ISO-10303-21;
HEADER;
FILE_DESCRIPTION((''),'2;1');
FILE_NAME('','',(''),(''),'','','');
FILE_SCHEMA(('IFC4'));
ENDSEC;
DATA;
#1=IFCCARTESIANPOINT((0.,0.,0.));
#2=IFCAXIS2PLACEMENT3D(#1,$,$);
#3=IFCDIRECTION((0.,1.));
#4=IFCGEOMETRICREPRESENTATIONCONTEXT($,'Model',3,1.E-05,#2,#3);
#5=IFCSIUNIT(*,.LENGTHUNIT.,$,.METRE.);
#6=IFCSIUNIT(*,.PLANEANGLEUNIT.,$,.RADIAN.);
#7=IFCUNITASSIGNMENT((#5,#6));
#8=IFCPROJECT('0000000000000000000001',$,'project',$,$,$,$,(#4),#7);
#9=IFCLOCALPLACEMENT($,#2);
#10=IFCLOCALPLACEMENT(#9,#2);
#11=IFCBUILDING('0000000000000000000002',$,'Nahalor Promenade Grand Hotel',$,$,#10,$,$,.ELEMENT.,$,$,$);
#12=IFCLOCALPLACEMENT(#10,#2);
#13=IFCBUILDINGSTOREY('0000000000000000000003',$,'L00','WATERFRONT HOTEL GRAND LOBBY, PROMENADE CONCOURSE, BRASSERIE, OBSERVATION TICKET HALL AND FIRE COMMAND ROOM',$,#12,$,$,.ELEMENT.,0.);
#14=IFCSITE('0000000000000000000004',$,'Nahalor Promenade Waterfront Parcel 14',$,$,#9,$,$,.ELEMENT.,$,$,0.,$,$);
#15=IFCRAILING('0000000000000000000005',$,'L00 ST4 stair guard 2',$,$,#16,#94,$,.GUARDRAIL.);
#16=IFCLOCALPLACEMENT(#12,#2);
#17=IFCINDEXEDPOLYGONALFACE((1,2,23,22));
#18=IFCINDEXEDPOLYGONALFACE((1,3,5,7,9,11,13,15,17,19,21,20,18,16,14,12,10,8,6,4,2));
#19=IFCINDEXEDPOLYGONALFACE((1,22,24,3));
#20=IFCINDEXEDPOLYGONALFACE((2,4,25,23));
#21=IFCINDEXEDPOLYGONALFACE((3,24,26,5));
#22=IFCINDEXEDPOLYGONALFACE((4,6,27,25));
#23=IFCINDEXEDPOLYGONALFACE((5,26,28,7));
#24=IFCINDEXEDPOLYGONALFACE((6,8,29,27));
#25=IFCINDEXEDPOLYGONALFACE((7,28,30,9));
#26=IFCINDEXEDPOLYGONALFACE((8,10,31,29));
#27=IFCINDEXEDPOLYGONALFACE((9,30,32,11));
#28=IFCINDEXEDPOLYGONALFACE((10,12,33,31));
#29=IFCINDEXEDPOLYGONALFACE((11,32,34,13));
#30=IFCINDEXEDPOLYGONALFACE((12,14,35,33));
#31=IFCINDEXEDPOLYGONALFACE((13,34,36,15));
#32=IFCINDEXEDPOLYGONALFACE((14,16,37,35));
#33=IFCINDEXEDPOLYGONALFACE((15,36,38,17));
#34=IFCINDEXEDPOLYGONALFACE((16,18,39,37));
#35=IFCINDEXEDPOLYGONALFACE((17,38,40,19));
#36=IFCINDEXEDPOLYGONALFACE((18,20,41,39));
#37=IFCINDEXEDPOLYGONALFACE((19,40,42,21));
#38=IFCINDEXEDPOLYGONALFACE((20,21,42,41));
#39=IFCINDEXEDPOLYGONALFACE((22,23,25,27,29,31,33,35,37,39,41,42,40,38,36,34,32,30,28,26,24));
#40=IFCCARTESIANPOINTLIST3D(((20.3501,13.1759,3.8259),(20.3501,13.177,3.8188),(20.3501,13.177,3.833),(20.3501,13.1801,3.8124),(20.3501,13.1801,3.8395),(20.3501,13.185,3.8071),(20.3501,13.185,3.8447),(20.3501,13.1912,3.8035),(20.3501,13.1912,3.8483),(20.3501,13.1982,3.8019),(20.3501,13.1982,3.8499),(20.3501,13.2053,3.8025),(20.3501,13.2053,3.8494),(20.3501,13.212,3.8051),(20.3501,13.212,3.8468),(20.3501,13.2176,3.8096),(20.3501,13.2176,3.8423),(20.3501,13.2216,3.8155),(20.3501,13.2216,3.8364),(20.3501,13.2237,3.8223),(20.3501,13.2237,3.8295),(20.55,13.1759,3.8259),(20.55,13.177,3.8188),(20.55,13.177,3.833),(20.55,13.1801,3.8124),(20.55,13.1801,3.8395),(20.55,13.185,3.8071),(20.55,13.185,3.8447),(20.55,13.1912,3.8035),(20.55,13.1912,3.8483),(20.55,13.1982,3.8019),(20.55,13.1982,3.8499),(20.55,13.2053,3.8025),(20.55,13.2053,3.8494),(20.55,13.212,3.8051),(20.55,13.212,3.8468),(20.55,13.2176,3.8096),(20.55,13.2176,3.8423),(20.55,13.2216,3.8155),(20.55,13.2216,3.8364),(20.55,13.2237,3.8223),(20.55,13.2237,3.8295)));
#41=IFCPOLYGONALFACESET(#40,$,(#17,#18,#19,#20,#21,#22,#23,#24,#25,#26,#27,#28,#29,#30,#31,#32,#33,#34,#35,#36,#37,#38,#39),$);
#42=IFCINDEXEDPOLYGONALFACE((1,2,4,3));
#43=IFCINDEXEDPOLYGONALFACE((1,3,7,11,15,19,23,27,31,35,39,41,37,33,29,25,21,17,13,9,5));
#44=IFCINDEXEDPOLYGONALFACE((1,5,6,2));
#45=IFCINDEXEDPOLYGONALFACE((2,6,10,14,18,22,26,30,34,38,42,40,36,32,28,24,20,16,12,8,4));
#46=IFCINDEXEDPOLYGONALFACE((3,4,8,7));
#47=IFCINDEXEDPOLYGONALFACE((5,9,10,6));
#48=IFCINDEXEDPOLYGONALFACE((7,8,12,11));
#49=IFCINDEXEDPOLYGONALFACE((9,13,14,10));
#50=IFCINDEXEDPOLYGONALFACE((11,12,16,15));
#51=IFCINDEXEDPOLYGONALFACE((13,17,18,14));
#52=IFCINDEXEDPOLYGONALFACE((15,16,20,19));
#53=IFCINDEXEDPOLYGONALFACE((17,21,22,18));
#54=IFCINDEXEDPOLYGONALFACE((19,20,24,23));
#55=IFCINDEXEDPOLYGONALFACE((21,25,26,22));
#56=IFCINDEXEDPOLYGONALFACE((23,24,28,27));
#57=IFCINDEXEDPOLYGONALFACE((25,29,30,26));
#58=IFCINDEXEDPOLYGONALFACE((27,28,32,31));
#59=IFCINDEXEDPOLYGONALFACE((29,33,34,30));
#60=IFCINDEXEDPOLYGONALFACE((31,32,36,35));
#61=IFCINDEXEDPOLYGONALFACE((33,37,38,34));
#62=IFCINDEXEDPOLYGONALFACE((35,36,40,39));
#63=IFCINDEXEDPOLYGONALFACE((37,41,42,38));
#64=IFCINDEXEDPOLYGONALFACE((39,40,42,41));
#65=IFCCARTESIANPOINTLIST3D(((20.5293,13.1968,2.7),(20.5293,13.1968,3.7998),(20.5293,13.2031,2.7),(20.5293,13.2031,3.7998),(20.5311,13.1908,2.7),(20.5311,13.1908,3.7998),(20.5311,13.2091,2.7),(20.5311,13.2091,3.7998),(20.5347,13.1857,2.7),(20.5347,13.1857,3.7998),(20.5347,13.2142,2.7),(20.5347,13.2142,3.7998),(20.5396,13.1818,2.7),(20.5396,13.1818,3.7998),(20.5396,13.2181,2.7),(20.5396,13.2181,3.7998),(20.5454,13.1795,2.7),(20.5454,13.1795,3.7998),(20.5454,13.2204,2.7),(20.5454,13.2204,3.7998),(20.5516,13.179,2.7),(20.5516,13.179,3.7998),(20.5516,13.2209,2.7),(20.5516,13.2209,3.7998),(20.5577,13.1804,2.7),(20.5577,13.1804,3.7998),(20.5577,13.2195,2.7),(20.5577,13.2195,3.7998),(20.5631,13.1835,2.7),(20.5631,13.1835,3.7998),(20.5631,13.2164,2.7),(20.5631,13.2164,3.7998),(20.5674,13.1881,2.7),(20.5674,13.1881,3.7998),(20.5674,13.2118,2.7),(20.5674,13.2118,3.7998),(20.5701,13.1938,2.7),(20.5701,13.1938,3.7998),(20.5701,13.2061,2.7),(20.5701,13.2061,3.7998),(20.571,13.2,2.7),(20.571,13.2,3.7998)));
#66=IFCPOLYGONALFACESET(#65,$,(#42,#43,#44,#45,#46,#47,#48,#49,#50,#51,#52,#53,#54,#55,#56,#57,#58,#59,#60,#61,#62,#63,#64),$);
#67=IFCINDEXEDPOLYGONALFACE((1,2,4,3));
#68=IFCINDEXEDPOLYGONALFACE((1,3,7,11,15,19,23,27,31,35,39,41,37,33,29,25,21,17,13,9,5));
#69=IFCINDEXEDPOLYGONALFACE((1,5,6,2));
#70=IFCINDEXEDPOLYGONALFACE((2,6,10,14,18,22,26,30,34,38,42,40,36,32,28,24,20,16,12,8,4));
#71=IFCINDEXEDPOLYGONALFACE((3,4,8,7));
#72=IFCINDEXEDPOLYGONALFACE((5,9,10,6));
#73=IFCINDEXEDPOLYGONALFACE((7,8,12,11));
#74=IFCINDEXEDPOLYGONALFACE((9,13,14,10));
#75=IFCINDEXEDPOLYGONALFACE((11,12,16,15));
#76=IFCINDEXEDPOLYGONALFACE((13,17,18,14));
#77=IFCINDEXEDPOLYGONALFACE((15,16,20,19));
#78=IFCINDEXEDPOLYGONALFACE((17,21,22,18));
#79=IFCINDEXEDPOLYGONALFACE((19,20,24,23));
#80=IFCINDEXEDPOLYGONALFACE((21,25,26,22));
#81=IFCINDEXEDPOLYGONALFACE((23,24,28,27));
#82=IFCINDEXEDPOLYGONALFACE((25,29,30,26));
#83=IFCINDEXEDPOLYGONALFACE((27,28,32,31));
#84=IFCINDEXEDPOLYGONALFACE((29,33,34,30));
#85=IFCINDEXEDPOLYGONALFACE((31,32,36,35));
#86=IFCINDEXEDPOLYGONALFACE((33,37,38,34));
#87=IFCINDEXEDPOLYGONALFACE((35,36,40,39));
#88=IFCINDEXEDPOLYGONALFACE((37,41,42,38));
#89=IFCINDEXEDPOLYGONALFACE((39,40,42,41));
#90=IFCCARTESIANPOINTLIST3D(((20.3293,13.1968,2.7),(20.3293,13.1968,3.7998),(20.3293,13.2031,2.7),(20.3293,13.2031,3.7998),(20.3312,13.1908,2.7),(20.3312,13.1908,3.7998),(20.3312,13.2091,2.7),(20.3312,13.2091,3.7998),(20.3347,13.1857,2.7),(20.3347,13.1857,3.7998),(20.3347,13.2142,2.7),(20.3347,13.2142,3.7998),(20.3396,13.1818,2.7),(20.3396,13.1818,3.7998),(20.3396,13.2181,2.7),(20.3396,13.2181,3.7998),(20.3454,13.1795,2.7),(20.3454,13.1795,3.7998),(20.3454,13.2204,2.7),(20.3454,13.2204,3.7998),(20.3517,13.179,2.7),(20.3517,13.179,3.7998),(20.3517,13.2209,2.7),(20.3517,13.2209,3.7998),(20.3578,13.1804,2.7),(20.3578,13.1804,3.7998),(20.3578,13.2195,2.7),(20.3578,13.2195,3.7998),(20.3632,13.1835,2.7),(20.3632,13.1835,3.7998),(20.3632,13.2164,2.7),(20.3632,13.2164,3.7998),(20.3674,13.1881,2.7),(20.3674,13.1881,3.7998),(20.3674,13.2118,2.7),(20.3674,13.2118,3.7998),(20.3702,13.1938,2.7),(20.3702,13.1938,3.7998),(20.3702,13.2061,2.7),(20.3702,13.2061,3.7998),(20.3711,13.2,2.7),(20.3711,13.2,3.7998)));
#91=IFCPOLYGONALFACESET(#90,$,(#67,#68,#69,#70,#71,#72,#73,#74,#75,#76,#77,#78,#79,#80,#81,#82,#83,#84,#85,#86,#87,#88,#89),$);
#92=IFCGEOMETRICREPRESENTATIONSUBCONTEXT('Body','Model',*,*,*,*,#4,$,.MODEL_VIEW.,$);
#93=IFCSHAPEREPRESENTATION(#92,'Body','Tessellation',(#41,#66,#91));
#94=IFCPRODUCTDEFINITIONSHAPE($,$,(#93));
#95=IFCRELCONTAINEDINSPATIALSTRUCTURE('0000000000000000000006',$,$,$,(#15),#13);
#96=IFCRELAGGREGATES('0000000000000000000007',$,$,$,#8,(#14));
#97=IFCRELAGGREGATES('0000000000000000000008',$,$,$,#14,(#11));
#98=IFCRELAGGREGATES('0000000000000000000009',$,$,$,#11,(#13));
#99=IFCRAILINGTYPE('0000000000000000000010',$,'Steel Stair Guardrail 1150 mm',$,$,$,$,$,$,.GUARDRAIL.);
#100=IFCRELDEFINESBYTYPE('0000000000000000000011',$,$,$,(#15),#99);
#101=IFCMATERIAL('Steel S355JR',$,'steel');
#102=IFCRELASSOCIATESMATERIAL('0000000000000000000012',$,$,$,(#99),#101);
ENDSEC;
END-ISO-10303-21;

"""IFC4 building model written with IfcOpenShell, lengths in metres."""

from ifc_helpers import new_model, si_unit, direction, frame, origin, origin_2d, place, context, subcontext, project, spatial, circle, extrude, material, type_object, element, save


model = new_model("IFC4")

# Units and contexts
model_context = context("Model", 3, precision=1e-05, world=origin(), true_north=direction((0.0, 1.0)))
body_context = subcontext(model_context, "Body", "Model", "MODEL_VIEW")
ifc_project = project(units=[si_unit("LENGTHUNIT", "METRE"), si_unit("PLANEANGLEUNIT", "RADIAN")], contexts=[model_context])

# Site, building, storey
site_placement = place(None, origin())
site = spatial("IfcSite", under=ifc_project, at=site_placement, Name="Nahalor Promenade Waterfront Parcel 14", CompositionType="ELEMENT", RefElevation=0.0)
building_placement = place(site_placement, origin())
building = spatial("IfcBuilding", under=site, at=building_placement, Name="Nahalor Promenade Grand Hotel", CompositionType="ELEMENT")
storey_placement = place(building_placement, origin())
storey = spatial("IfcBuildingStorey", under=building, at=storey_placement, Name="L00", Description="WATERFRONT HOTEL GRAND LOBBY, PROMENADE CONCOURSE, BRASSERIE, OBSERVATION TICKET HALL AND FIRE COMMAND ROOM", CompositionType="ELEMENT", Elevation=0.0)

# Shared definitions
ifc_material_1 = material(Name="Steel S355JR", Category="steel")

# Railing
railing_type_1 = type_object("IfcRailingType", Name="Steel Stair Guardrail 1150 mm", PredefinedType="GUARDRAIL", material=ifc_material_1)
railing_1_placement = place(storey_placement, frame((20.55, 13.2, 2.7)))
element("IfcRailing", 1, at=railing_1_placement, inside=storey, type_object=railing_type_1, Name="L00 ST4 stair guard 2", PredefinedType="GUARDRAIL", context=body_context, shape_type="SweptSolid", body=[
    extrude(circle(Radius=0.024, at=origin_2d()), frame((0.0, 0.0, 1.126), z_axis=(-1.0, 0.0, 0.0), x_axis=(0.0, -1.0, 0.0)), (0.0, 0.0, 1.0), 0.2),
    extrude(circle(Radius=0.021, at=origin_2d()), origin(), (0.0, 0.0, 1.0), 1.0999),
    extrude(circle(Radius=0.021, at=origin_2d()), frame((-0.2, 0.0, 0.0)), (0.0, 0.0, 1.0), 1.0999),
])

save(model, "model.ifc")
